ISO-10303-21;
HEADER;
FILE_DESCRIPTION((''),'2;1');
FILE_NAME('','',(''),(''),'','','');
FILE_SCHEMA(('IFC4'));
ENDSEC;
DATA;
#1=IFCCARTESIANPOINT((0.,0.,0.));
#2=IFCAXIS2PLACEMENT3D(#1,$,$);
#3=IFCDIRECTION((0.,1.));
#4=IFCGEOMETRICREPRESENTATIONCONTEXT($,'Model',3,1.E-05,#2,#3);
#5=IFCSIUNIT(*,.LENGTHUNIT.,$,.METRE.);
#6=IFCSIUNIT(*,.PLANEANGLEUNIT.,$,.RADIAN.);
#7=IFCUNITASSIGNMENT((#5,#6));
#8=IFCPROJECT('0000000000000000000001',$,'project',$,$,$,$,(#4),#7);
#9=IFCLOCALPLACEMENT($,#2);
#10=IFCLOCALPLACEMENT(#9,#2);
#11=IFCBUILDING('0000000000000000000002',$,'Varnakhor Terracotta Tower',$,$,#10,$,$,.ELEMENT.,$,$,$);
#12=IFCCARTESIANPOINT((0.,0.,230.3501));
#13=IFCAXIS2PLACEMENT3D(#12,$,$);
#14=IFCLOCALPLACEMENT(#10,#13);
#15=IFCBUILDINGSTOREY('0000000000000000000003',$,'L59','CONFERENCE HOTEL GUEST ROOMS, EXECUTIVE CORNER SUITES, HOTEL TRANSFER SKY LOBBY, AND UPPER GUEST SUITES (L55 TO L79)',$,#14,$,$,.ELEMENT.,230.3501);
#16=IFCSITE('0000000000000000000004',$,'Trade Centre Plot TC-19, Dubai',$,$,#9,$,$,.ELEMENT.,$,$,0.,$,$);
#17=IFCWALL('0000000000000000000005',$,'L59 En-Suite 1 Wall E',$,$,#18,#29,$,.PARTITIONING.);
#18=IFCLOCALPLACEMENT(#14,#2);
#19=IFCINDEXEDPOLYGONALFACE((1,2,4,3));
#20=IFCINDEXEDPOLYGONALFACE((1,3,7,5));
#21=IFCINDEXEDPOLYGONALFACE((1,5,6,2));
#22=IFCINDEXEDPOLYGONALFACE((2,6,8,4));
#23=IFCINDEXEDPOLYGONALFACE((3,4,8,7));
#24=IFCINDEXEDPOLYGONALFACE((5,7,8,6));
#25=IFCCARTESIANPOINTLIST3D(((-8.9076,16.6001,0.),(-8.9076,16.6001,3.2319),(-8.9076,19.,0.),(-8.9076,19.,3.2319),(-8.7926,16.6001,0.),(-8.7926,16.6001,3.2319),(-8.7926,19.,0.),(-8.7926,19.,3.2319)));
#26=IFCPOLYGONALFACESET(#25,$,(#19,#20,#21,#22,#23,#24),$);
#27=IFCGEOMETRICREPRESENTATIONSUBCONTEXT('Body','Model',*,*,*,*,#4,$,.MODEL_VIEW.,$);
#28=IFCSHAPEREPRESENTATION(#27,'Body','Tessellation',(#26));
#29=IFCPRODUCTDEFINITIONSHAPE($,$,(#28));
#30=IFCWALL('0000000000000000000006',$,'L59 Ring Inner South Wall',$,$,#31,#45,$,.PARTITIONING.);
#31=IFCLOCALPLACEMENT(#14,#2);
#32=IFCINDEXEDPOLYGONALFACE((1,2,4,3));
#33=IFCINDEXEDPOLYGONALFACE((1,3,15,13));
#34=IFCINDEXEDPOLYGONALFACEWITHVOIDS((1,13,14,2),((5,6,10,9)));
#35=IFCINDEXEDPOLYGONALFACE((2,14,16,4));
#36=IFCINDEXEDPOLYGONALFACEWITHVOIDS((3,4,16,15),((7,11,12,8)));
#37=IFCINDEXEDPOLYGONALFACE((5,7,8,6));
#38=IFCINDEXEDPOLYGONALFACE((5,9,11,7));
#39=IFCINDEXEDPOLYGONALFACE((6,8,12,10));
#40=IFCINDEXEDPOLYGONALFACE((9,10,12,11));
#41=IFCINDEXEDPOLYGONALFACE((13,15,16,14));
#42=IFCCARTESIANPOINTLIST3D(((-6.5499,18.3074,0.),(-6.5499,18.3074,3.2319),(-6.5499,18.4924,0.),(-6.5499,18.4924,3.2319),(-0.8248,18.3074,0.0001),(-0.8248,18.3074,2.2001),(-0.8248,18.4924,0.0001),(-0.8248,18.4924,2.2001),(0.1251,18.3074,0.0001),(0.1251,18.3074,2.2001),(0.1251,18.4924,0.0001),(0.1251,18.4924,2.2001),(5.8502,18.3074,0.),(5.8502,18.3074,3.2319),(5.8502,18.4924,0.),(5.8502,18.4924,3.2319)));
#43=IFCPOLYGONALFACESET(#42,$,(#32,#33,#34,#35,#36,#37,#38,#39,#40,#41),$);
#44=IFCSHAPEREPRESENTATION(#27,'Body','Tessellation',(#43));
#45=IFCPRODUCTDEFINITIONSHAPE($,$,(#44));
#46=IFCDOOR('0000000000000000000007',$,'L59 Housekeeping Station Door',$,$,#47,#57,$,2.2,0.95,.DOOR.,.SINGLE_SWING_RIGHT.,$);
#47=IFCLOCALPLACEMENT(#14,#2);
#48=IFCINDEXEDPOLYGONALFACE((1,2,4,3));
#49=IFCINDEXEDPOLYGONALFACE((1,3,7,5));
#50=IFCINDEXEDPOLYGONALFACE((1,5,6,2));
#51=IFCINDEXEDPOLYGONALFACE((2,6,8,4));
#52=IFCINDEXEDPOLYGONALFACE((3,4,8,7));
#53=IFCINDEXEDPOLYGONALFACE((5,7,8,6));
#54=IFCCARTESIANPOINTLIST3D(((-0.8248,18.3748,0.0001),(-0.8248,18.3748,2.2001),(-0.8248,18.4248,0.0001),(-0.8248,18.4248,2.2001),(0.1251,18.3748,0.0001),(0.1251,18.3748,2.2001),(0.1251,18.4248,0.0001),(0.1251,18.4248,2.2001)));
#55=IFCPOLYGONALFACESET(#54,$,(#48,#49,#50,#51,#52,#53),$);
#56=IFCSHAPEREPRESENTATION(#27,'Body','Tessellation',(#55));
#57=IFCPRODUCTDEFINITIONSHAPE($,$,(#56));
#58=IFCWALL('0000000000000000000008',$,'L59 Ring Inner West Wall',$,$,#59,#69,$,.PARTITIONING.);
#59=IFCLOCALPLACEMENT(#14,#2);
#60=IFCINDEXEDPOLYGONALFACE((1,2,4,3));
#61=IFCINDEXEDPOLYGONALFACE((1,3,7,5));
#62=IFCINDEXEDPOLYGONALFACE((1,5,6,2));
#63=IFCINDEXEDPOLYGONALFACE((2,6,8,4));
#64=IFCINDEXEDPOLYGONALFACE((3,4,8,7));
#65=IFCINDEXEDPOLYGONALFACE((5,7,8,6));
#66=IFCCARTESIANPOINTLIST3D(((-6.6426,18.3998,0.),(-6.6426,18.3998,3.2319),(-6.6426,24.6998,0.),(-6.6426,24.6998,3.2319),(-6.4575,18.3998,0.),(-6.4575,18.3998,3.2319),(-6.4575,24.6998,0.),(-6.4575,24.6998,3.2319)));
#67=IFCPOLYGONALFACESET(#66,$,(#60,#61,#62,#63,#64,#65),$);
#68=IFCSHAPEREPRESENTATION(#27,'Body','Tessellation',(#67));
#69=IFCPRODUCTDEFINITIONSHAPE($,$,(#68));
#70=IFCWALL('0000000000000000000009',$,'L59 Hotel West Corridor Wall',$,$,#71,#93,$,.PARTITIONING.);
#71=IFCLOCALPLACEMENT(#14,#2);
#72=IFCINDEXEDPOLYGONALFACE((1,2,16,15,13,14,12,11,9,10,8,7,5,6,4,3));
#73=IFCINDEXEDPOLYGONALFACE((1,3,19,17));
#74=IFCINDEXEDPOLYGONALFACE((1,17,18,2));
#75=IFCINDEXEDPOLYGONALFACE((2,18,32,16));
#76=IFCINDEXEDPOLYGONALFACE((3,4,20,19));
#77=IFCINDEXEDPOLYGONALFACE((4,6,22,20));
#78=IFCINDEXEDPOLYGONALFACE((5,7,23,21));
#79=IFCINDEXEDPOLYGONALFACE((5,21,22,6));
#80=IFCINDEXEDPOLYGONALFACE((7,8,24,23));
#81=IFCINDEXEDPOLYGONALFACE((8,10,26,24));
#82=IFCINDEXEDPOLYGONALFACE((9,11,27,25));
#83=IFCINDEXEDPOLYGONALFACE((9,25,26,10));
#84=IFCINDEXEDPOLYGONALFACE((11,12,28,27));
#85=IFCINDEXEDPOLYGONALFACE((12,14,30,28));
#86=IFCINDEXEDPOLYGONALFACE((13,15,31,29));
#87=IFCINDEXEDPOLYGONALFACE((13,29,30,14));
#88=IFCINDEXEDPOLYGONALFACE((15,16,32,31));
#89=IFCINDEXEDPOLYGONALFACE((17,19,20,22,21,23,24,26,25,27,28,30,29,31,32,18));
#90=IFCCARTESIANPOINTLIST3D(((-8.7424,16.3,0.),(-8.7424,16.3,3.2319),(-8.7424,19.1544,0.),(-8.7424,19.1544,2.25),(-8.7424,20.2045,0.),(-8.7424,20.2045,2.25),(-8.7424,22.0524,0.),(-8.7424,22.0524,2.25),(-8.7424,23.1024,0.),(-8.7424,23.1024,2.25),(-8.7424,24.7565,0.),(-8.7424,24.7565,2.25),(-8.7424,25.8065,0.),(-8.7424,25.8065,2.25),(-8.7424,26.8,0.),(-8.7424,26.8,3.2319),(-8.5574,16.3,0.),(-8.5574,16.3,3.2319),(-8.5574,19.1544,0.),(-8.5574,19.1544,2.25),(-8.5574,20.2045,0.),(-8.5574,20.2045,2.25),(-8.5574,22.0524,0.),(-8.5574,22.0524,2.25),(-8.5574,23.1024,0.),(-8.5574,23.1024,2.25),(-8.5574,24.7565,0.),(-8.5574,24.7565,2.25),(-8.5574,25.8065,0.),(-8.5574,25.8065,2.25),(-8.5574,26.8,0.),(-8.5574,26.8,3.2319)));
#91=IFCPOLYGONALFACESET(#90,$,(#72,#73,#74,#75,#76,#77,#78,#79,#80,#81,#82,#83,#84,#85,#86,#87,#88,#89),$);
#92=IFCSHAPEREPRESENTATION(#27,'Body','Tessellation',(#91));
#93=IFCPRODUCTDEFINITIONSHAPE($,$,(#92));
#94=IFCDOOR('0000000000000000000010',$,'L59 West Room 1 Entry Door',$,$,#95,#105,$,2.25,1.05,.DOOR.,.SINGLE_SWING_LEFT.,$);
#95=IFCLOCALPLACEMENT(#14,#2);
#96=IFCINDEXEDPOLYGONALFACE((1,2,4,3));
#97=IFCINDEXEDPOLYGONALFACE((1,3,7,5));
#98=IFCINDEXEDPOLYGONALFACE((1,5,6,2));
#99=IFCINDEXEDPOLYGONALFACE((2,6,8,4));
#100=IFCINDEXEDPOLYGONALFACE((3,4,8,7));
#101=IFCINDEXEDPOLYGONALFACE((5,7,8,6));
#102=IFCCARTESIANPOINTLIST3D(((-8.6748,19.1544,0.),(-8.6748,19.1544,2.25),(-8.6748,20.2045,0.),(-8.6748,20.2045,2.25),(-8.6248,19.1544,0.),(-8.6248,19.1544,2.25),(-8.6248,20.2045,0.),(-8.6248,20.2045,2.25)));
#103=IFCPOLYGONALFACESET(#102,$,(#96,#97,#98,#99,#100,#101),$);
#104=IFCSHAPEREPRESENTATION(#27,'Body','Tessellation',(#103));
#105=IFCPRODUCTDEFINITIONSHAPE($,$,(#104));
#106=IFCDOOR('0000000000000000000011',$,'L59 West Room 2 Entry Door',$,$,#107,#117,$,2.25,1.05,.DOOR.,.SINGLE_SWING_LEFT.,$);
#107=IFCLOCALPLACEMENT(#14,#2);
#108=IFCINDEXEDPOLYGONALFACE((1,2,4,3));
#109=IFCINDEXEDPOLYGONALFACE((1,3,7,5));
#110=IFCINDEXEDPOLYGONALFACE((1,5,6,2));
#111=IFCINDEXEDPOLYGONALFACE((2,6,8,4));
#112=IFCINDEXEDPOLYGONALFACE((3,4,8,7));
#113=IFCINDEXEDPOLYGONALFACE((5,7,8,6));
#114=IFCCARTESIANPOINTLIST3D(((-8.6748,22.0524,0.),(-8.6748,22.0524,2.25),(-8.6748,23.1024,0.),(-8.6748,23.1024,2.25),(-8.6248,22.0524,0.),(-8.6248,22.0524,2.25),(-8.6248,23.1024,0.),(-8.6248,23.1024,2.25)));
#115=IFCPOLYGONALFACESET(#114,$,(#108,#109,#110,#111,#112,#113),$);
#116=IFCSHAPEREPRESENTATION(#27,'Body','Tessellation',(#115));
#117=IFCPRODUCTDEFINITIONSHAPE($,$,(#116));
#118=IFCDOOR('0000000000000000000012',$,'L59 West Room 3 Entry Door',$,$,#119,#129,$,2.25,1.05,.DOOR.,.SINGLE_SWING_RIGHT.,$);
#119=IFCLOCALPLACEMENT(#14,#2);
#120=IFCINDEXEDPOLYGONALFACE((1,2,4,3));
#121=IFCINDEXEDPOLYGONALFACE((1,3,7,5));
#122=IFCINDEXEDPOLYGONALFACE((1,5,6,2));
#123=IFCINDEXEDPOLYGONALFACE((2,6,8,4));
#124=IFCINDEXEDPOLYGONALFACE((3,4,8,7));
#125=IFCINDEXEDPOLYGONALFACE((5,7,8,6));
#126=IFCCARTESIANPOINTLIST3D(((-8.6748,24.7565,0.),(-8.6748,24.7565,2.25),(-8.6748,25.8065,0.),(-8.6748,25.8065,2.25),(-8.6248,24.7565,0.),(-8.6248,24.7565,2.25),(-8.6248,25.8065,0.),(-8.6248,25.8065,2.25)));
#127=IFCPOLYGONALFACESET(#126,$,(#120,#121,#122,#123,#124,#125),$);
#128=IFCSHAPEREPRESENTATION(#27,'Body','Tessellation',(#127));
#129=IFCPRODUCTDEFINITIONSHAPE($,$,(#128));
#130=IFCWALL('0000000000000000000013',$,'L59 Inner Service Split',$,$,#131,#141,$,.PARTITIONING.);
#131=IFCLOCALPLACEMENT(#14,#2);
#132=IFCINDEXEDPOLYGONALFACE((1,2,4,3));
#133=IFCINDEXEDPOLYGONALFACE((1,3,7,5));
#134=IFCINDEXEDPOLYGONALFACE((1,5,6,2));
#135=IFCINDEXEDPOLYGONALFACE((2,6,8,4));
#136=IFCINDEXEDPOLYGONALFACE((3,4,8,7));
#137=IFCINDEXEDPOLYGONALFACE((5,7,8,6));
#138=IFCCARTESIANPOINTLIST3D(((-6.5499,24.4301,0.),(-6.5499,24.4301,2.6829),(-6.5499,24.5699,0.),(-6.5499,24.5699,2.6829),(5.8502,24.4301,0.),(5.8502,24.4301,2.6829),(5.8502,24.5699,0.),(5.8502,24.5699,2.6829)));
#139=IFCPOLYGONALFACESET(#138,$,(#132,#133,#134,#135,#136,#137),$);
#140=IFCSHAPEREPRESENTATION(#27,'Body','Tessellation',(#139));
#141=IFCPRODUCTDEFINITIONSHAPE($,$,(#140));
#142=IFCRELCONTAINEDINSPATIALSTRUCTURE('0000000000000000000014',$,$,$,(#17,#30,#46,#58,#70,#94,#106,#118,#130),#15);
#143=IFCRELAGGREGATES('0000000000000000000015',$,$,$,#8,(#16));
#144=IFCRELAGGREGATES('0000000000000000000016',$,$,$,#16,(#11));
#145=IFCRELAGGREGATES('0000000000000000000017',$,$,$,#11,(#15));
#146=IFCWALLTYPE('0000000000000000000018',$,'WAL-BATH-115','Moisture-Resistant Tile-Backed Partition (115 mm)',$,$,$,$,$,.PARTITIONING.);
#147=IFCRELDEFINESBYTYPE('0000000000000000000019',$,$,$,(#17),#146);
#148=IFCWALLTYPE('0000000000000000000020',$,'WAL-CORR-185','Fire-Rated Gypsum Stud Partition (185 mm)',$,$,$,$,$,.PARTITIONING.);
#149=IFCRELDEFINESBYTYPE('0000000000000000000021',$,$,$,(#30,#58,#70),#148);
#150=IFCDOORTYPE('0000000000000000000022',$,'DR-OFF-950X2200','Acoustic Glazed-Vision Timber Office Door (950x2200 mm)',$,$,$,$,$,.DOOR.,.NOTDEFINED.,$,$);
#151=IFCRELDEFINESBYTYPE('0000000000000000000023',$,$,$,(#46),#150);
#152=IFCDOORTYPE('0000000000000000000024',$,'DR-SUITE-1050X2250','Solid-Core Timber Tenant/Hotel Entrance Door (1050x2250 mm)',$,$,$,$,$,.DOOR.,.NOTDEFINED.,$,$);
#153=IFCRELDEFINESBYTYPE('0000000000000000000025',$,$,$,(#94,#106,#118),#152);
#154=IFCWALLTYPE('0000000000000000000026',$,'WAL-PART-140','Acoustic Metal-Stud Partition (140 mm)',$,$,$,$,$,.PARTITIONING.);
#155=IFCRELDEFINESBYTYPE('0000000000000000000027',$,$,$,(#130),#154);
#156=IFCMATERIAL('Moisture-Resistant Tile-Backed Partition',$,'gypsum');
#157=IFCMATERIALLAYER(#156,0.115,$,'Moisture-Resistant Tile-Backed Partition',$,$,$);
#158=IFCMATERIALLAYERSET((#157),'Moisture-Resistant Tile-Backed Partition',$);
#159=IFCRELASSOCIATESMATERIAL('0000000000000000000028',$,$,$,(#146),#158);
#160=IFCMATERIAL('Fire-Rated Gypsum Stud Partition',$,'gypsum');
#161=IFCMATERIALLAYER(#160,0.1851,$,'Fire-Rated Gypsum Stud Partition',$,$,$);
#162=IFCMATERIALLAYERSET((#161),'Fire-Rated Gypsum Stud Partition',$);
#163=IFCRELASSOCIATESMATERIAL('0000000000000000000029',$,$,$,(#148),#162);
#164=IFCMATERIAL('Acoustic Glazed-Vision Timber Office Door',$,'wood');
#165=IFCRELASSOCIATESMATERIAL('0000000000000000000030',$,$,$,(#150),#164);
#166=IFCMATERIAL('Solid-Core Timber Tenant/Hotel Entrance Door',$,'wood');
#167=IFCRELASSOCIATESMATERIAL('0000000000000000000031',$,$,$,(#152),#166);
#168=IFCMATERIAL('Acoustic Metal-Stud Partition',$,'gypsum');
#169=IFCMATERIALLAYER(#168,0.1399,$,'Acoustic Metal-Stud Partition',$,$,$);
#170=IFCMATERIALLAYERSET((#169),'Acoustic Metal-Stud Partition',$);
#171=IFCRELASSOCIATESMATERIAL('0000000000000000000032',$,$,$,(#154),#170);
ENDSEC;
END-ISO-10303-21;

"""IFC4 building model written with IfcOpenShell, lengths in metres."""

from ifc_helpers import new_model, si_unit, direction, frame, frame_2d, origin, place, context, subcontext, project, spatial, rectangle, extrude, source, transform, mapped, material, layer, layer_set, type_object, type_shapes, element, fill, save


model = new_model("IFC4")

# Units and contexts
model_context = context("Model", 3, precision=1e-05, world=origin(), true_north=direction((0.0, 1.0)))
body_context = subcontext(model_context, "Body", "Model", "MODEL_VIEW")
ifc_project = project(units=[si_unit("LENGTHUNIT", "METRE"), si_unit("PLANEANGLEUNIT", "RADIAN")], contexts=[model_context])

# Site, building, storey
site_placement = place(None, origin())
site = spatial("IfcSite", under=ifc_project, at=site_placement, Name="Trade Centre Plot TC-19, Dubai", CompositionType="ELEMENT", RefElevation=0.0)
building_placement = place(site_placement, origin())
building = spatial("IfcBuilding", under=site, at=building_placement, Name="Varnakhor Terracotta Tower", CompositionType="ELEMENT")
storey_placement = place(building_placement, frame((0.0, 0.0, 230.3501)))
storey = spatial("IfcBuildingStorey", under=building, at=storey_placement, Name="L59", Description="CONFERENCE HOTEL GUEST ROOMS, EXECUTIVE CORNER SUITES, HOTEL TRANSFER SKY LOBBY, AND UPPER GUEST SUITES (L55 TO L79)", CompositionType="ELEMENT", Elevation=230.3501)

# Shared definitions
ifc_material_1 = material(Name="Moisture-Resistant Tile-Backed Partition", Category="gypsum")
ifc_layer_1 = layer(ifc_material_1, 0.115, Name="Moisture-Resistant Tile-Backed Partition")
ifc_layer_set_1 = layer_set([ifc_layer_1], Name="Moisture-Resistant Tile-Backed Partition")
wall_type_1 = type_object("IfcWallType", Name="WAL-BATH-115", Description="Moisture-Resistant Tile-Backed Partition (115 mm)", PredefinedType="PARTITIONING", material=ifc_layer_set_1)

# Wall
wall_1_placement = place(storey_placement, frame((-8.8501, 16.6001, 0.0), z_axis=(0.0, 0.0, 1.0), x_axis=(0.0, 1.0, 0.0)))
element("IfcWall", 1, at=wall_1_placement, inside=storey, type_object=wall_type_1, Name="L59 En-Suite 1 Wall E", PredefinedType="PARTITIONING", context=body_context, shape_type="SweptSolid", body=[
    extrude(rectangle(XDim=2.3999, YDim=0.115, at=frame_2d((1.2, 0.0))), origin(), (0.0, 0.0, 1.0), 3.2319),
])

# Wall, opening, door
ifc_material_2 = material(Name="Fire-Rated Gypsum Stud Partition", Category="gypsum")
ifc_layer_2 = layer(ifc_material_2, 0.1851, Name="Fire-Rated Gypsum Stud Partition")
ifc_layer_set_2 = layer_set([ifc_layer_2], Name="Fire-Rated Gypsum Stud Partition")
wall_type_2 = type_object("IfcWallType", Name="WAL-CORR-185", Description="Fire-Rated Gypsum Stud Partition (185 mm)", PredefinedType="PARTITIONING", material=ifc_layer_set_2)
wall_2_placement = place(storey_placement, frame((-6.55, 18.3999, 0.0), z_axis=(0.0, 0.0, 1.0), x_axis=(1.0, 0.0, 0.0)))
wall_2 = element("IfcWall", 2, at=wall_2_placement, inside=storey, type_object=wall_type_2, Name="L59 Ring Inner South Wall", PredefinedType="PARTITIONING", context=body_context, shape_type="SweptSolid", body=[
    extrude(rectangle(XDim=12.4001, YDim=0.1851, at=frame_2d((6.2002, 0.0))), origin(), (0.0, 0.0, 1.0), 3.2319),
])
opening_1_placement = place(wall_2_placement, frame((5.7251, 0.0, 0.0)))
opening_1 = element("IfcOpeningElement", 3, at=opening_1_placement, cuts=wall_2, PredefinedType="OPENING", context=body_context, shape_type="SweptSolid", body=[
    extrude(rectangle(XDim=0.95, YDim=2.2, at=frame_2d((0.4751, 1.1001))), frame((0.0, 0.1025, 0.0), z_axis=(0.0, -1.0, 0.0), x_axis=(1.0, 0.0, 0.0)), (0.0, 0.0, 1.0), 0.2051),
])
ifc_material_3 = material(Name="Acoustic Glazed-Vision Timber Office Door", Category="wood")
door_type_1 = type_object("IfcDoorType", Name="DR-OFF-950X2200", Description="Acoustic Glazed-Vision Timber Office Door (950x2200 mm)", OperationType="NOTDEFINED", PredefinedType="DOOR", material=ifc_material_3)
shared_shape_1 = source(origin(), body_context, "Body", "SweptSolid", [
    extrude(rectangle(XDim=0.95, YDim=2.2, at=frame_2d((0.4751, 1.1001))), frame((0.0, 0.0249, 0.0), z_axis=(0.0, -1.0, 0.0), x_axis=(1.0, 0.0, 0.0)), (0.0, 0.0, 1.0), 0.05),
])
type_shapes(door_type_1, [shared_shape_1])
door_1_placement = place(opening_1_placement, origin())
door_1 = element("IfcDoor", 4, at=door_1_placement, inside=storey, type_object=door_type_1, Name="L59 Housekeeping Station Door", OperationType="SINGLE_SWING_RIGHT", OverallHeight=2.2, OverallWidth=0.95, PredefinedType="DOOR", context=body_context, shape_type="MappedRepresentation", body=[
    mapped(shared_shape_1, transform((0.0, 0.0, 0.0), scale=1.0)),
])
fill(opening_1, door_1)

# Wall
wall_3_placement = place(storey_placement, frame((-6.55, 18.3999, 0.0), z_axis=(0.0, 0.0, 1.0), x_axis=(0.0, 1.0, 0.0)))
element("IfcWall", 5, at=wall_3_placement, inside=storey, type_object=wall_type_2, Name="L59 Ring Inner West Wall", PredefinedType="PARTITIONING", context=body_context, shape_type="SweptSolid", body=[
    extrude(rectangle(XDim=6.3, YDim=0.1851, at=frame_2d((3.1499, 0.0))), origin(), (0.0, 0.0, 1.0), 3.2319),
])

# Wall, openings, doors
wall_4_placement = place(storey_placement, frame((-8.6499, 16.3, 0.0), z_axis=(0.0, 0.0, 1.0), x_axis=(0.0, 1.0, 0.0)))
wall_4 = element("IfcWall", 6, at=wall_4_placement, inside=storey, type_object=wall_type_2, Name="L59 Hotel West Corridor Wall", PredefinedType="PARTITIONING", context=body_context, shape_type="SweptSolid", body=[
    extrude(rectangle(XDim=10.5, YDim=0.1851, at=frame_2d((5.25, 0.0))), origin(), (0.0, 0.0, 1.0), 3.2319),
])
opening_2_placement = place(wall_4_placement, frame((2.8545, 0.0, 0.0)))
opening_2 = element("IfcOpeningElement", 7, at=opening_2_placement, cuts=wall_4, PredefinedType="OPENING", context=body_context, shape_type="SweptSolid", body=[
    extrude(rectangle(XDim=1.05, YDim=2.25, at=frame_2d((0.5249, 1.125))), frame((0.0, 0.1025, 0.0), z_axis=(0.0, -1.0, 0.0), x_axis=(1.0, 0.0, 0.0)), (0.0, 0.0, 1.0), 0.2051),
])
opening_3_placement = place(wall_4_placement, frame((5.7524, 0.0, 0.0)))
opening_3 = element("IfcOpeningElement", 8, at=opening_3_placement, cuts=wall_4, PredefinedType="OPENING", context=body_context, shape_type="SweptSolid", body=[
    extrude(rectangle(XDim=1.05, YDim=2.25, at=frame_2d((0.5249, 1.125))), frame((0.0, 0.1025, 0.0), z_axis=(0.0, -1.0, 0.0), x_axis=(1.0, 0.0, 0.0)), (0.0, 0.0, 1.0), 0.2051),
])
opening_4_placement = place(wall_4_placement, frame((8.4565, 0.0, 0.0)))
opening_4 = element("IfcOpeningElement", 9, at=opening_4_placement, cuts=wall_4, PredefinedType="OPENING", context=body_context, shape_type="SweptSolid", body=[
    extrude(rectangle(XDim=1.05, YDim=2.25, at=frame_2d((0.5249, 1.125))), frame((0.0, 0.1025, 0.0), z_axis=(0.0, -1.0, 0.0), x_axis=(1.0, 0.0, 0.0)), (0.0, 0.0, 1.0), 0.2051),
])
ifc_material_4 = material(Name="Solid-Core Timber Tenant/Hotel Entrance Door", Category="wood")
door_type_2 = type_object("IfcDoorType", Name="DR-SUITE-1050X2250", Description="Solid-Core Timber Tenant/Hotel Entrance Door (1050x2250 mm)", OperationType="NOTDEFINED", PredefinedType="DOOR", material=ifc_material_4)
shared_shape_2 = source(origin(), body_context, "Body", "SweptSolid", [
    extrude(rectangle(XDim=1.05, YDim=2.25, at=frame_2d((0.5249, 1.125))), frame((0.0, 0.0249, 0.0), z_axis=(0.0, -1.0, 0.0), x_axis=(1.0, 0.0, 0.0)), (0.0, 0.0, 1.0), 0.05),
])
type_shapes(door_type_2, [shared_shape_2])
door_2_placement = place(opening_2_placement, origin())
door_2 = element("IfcDoor", 10, at=door_2_placement, inside=storey, type_object=door_type_2, Name="L59 West Room 1 Entry Door", OperationType="SINGLE_SWING_LEFT", OverallHeight=2.25, OverallWidth=1.05, PredefinedType="DOOR", context=body_context, shape_type="MappedRepresentation", body=[
    mapped(shared_shape_2, transform((0.0, 0.0, 0.0), scale=1.0)),
])
fill(opening_2, door_2)
door_3_placement = place(opening_3_placement, origin())
door_3 = element("IfcDoor", 11, at=door_3_placement, inside=storey, type_object=door_type_2, Name="L59 West Room 2 Entry Door", OperationType="SINGLE_SWING_LEFT", OverallHeight=2.25, OverallWidth=1.05, PredefinedType="DOOR", context=body_context, shape_type="MappedRepresentation", body=[
    mapped(shared_shape_2, transform((0.0, 0.0, 0.0), scale=1.0)),
])
fill(opening_3, door_3)
door_4_placement = place(opening_4_placement, origin())
door_4 = element("IfcDoor", 12, at=door_4_placement, inside=storey, type_object=door_type_2, Name="L59 West Room 3 Entry Door", OperationType="SINGLE_SWING_RIGHT", OverallHeight=2.25, OverallWidth=1.05, PredefinedType="DOOR", context=body_context, shape_type="MappedRepresentation", body=[
    mapped(shared_shape_2, transform((0.0, 0.0, 0.0), scale=1.0)),
])
fill(opening_4, door_4)

# Wall
ifc_material_5 = material(Name="Acoustic Metal-Stud Partition", Category="gypsum")
ifc_layer_3 = layer(ifc_material_5, 0.1399, Name="Acoustic Metal-Stud Partition")
ifc_layer_set_3 = layer_set([ifc_layer_3], Name="Acoustic Metal-Stud Partition")
wall_type_3 = type_object("IfcWallType", Name="WAL-PART-140", Description="Acoustic Metal-Stud Partition (140 mm)", PredefinedType="PARTITIONING", material=ifc_layer_set_3)
wall_5_placement = place(storey_placement, frame((-6.55, 24.5, 0.0), z_axis=(0.0, 0.0, 1.0), x_axis=(1.0, 0.0, 0.0)))
element("IfcWall", 13, at=wall_5_placement, inside=storey, type_object=wall_type_3, Name="L59 Inner Service Split", PredefinedType="PARTITIONING", context=body_context, shape_type="SweptSolid", body=[
    extrude(rectangle(XDim=12.4001, YDim=0.1399, at=frame_2d((6.2002, 0.0))), origin(), (0.0, 0.0, 1.0), 2.6829),
])

save(model, "model.ifc")
